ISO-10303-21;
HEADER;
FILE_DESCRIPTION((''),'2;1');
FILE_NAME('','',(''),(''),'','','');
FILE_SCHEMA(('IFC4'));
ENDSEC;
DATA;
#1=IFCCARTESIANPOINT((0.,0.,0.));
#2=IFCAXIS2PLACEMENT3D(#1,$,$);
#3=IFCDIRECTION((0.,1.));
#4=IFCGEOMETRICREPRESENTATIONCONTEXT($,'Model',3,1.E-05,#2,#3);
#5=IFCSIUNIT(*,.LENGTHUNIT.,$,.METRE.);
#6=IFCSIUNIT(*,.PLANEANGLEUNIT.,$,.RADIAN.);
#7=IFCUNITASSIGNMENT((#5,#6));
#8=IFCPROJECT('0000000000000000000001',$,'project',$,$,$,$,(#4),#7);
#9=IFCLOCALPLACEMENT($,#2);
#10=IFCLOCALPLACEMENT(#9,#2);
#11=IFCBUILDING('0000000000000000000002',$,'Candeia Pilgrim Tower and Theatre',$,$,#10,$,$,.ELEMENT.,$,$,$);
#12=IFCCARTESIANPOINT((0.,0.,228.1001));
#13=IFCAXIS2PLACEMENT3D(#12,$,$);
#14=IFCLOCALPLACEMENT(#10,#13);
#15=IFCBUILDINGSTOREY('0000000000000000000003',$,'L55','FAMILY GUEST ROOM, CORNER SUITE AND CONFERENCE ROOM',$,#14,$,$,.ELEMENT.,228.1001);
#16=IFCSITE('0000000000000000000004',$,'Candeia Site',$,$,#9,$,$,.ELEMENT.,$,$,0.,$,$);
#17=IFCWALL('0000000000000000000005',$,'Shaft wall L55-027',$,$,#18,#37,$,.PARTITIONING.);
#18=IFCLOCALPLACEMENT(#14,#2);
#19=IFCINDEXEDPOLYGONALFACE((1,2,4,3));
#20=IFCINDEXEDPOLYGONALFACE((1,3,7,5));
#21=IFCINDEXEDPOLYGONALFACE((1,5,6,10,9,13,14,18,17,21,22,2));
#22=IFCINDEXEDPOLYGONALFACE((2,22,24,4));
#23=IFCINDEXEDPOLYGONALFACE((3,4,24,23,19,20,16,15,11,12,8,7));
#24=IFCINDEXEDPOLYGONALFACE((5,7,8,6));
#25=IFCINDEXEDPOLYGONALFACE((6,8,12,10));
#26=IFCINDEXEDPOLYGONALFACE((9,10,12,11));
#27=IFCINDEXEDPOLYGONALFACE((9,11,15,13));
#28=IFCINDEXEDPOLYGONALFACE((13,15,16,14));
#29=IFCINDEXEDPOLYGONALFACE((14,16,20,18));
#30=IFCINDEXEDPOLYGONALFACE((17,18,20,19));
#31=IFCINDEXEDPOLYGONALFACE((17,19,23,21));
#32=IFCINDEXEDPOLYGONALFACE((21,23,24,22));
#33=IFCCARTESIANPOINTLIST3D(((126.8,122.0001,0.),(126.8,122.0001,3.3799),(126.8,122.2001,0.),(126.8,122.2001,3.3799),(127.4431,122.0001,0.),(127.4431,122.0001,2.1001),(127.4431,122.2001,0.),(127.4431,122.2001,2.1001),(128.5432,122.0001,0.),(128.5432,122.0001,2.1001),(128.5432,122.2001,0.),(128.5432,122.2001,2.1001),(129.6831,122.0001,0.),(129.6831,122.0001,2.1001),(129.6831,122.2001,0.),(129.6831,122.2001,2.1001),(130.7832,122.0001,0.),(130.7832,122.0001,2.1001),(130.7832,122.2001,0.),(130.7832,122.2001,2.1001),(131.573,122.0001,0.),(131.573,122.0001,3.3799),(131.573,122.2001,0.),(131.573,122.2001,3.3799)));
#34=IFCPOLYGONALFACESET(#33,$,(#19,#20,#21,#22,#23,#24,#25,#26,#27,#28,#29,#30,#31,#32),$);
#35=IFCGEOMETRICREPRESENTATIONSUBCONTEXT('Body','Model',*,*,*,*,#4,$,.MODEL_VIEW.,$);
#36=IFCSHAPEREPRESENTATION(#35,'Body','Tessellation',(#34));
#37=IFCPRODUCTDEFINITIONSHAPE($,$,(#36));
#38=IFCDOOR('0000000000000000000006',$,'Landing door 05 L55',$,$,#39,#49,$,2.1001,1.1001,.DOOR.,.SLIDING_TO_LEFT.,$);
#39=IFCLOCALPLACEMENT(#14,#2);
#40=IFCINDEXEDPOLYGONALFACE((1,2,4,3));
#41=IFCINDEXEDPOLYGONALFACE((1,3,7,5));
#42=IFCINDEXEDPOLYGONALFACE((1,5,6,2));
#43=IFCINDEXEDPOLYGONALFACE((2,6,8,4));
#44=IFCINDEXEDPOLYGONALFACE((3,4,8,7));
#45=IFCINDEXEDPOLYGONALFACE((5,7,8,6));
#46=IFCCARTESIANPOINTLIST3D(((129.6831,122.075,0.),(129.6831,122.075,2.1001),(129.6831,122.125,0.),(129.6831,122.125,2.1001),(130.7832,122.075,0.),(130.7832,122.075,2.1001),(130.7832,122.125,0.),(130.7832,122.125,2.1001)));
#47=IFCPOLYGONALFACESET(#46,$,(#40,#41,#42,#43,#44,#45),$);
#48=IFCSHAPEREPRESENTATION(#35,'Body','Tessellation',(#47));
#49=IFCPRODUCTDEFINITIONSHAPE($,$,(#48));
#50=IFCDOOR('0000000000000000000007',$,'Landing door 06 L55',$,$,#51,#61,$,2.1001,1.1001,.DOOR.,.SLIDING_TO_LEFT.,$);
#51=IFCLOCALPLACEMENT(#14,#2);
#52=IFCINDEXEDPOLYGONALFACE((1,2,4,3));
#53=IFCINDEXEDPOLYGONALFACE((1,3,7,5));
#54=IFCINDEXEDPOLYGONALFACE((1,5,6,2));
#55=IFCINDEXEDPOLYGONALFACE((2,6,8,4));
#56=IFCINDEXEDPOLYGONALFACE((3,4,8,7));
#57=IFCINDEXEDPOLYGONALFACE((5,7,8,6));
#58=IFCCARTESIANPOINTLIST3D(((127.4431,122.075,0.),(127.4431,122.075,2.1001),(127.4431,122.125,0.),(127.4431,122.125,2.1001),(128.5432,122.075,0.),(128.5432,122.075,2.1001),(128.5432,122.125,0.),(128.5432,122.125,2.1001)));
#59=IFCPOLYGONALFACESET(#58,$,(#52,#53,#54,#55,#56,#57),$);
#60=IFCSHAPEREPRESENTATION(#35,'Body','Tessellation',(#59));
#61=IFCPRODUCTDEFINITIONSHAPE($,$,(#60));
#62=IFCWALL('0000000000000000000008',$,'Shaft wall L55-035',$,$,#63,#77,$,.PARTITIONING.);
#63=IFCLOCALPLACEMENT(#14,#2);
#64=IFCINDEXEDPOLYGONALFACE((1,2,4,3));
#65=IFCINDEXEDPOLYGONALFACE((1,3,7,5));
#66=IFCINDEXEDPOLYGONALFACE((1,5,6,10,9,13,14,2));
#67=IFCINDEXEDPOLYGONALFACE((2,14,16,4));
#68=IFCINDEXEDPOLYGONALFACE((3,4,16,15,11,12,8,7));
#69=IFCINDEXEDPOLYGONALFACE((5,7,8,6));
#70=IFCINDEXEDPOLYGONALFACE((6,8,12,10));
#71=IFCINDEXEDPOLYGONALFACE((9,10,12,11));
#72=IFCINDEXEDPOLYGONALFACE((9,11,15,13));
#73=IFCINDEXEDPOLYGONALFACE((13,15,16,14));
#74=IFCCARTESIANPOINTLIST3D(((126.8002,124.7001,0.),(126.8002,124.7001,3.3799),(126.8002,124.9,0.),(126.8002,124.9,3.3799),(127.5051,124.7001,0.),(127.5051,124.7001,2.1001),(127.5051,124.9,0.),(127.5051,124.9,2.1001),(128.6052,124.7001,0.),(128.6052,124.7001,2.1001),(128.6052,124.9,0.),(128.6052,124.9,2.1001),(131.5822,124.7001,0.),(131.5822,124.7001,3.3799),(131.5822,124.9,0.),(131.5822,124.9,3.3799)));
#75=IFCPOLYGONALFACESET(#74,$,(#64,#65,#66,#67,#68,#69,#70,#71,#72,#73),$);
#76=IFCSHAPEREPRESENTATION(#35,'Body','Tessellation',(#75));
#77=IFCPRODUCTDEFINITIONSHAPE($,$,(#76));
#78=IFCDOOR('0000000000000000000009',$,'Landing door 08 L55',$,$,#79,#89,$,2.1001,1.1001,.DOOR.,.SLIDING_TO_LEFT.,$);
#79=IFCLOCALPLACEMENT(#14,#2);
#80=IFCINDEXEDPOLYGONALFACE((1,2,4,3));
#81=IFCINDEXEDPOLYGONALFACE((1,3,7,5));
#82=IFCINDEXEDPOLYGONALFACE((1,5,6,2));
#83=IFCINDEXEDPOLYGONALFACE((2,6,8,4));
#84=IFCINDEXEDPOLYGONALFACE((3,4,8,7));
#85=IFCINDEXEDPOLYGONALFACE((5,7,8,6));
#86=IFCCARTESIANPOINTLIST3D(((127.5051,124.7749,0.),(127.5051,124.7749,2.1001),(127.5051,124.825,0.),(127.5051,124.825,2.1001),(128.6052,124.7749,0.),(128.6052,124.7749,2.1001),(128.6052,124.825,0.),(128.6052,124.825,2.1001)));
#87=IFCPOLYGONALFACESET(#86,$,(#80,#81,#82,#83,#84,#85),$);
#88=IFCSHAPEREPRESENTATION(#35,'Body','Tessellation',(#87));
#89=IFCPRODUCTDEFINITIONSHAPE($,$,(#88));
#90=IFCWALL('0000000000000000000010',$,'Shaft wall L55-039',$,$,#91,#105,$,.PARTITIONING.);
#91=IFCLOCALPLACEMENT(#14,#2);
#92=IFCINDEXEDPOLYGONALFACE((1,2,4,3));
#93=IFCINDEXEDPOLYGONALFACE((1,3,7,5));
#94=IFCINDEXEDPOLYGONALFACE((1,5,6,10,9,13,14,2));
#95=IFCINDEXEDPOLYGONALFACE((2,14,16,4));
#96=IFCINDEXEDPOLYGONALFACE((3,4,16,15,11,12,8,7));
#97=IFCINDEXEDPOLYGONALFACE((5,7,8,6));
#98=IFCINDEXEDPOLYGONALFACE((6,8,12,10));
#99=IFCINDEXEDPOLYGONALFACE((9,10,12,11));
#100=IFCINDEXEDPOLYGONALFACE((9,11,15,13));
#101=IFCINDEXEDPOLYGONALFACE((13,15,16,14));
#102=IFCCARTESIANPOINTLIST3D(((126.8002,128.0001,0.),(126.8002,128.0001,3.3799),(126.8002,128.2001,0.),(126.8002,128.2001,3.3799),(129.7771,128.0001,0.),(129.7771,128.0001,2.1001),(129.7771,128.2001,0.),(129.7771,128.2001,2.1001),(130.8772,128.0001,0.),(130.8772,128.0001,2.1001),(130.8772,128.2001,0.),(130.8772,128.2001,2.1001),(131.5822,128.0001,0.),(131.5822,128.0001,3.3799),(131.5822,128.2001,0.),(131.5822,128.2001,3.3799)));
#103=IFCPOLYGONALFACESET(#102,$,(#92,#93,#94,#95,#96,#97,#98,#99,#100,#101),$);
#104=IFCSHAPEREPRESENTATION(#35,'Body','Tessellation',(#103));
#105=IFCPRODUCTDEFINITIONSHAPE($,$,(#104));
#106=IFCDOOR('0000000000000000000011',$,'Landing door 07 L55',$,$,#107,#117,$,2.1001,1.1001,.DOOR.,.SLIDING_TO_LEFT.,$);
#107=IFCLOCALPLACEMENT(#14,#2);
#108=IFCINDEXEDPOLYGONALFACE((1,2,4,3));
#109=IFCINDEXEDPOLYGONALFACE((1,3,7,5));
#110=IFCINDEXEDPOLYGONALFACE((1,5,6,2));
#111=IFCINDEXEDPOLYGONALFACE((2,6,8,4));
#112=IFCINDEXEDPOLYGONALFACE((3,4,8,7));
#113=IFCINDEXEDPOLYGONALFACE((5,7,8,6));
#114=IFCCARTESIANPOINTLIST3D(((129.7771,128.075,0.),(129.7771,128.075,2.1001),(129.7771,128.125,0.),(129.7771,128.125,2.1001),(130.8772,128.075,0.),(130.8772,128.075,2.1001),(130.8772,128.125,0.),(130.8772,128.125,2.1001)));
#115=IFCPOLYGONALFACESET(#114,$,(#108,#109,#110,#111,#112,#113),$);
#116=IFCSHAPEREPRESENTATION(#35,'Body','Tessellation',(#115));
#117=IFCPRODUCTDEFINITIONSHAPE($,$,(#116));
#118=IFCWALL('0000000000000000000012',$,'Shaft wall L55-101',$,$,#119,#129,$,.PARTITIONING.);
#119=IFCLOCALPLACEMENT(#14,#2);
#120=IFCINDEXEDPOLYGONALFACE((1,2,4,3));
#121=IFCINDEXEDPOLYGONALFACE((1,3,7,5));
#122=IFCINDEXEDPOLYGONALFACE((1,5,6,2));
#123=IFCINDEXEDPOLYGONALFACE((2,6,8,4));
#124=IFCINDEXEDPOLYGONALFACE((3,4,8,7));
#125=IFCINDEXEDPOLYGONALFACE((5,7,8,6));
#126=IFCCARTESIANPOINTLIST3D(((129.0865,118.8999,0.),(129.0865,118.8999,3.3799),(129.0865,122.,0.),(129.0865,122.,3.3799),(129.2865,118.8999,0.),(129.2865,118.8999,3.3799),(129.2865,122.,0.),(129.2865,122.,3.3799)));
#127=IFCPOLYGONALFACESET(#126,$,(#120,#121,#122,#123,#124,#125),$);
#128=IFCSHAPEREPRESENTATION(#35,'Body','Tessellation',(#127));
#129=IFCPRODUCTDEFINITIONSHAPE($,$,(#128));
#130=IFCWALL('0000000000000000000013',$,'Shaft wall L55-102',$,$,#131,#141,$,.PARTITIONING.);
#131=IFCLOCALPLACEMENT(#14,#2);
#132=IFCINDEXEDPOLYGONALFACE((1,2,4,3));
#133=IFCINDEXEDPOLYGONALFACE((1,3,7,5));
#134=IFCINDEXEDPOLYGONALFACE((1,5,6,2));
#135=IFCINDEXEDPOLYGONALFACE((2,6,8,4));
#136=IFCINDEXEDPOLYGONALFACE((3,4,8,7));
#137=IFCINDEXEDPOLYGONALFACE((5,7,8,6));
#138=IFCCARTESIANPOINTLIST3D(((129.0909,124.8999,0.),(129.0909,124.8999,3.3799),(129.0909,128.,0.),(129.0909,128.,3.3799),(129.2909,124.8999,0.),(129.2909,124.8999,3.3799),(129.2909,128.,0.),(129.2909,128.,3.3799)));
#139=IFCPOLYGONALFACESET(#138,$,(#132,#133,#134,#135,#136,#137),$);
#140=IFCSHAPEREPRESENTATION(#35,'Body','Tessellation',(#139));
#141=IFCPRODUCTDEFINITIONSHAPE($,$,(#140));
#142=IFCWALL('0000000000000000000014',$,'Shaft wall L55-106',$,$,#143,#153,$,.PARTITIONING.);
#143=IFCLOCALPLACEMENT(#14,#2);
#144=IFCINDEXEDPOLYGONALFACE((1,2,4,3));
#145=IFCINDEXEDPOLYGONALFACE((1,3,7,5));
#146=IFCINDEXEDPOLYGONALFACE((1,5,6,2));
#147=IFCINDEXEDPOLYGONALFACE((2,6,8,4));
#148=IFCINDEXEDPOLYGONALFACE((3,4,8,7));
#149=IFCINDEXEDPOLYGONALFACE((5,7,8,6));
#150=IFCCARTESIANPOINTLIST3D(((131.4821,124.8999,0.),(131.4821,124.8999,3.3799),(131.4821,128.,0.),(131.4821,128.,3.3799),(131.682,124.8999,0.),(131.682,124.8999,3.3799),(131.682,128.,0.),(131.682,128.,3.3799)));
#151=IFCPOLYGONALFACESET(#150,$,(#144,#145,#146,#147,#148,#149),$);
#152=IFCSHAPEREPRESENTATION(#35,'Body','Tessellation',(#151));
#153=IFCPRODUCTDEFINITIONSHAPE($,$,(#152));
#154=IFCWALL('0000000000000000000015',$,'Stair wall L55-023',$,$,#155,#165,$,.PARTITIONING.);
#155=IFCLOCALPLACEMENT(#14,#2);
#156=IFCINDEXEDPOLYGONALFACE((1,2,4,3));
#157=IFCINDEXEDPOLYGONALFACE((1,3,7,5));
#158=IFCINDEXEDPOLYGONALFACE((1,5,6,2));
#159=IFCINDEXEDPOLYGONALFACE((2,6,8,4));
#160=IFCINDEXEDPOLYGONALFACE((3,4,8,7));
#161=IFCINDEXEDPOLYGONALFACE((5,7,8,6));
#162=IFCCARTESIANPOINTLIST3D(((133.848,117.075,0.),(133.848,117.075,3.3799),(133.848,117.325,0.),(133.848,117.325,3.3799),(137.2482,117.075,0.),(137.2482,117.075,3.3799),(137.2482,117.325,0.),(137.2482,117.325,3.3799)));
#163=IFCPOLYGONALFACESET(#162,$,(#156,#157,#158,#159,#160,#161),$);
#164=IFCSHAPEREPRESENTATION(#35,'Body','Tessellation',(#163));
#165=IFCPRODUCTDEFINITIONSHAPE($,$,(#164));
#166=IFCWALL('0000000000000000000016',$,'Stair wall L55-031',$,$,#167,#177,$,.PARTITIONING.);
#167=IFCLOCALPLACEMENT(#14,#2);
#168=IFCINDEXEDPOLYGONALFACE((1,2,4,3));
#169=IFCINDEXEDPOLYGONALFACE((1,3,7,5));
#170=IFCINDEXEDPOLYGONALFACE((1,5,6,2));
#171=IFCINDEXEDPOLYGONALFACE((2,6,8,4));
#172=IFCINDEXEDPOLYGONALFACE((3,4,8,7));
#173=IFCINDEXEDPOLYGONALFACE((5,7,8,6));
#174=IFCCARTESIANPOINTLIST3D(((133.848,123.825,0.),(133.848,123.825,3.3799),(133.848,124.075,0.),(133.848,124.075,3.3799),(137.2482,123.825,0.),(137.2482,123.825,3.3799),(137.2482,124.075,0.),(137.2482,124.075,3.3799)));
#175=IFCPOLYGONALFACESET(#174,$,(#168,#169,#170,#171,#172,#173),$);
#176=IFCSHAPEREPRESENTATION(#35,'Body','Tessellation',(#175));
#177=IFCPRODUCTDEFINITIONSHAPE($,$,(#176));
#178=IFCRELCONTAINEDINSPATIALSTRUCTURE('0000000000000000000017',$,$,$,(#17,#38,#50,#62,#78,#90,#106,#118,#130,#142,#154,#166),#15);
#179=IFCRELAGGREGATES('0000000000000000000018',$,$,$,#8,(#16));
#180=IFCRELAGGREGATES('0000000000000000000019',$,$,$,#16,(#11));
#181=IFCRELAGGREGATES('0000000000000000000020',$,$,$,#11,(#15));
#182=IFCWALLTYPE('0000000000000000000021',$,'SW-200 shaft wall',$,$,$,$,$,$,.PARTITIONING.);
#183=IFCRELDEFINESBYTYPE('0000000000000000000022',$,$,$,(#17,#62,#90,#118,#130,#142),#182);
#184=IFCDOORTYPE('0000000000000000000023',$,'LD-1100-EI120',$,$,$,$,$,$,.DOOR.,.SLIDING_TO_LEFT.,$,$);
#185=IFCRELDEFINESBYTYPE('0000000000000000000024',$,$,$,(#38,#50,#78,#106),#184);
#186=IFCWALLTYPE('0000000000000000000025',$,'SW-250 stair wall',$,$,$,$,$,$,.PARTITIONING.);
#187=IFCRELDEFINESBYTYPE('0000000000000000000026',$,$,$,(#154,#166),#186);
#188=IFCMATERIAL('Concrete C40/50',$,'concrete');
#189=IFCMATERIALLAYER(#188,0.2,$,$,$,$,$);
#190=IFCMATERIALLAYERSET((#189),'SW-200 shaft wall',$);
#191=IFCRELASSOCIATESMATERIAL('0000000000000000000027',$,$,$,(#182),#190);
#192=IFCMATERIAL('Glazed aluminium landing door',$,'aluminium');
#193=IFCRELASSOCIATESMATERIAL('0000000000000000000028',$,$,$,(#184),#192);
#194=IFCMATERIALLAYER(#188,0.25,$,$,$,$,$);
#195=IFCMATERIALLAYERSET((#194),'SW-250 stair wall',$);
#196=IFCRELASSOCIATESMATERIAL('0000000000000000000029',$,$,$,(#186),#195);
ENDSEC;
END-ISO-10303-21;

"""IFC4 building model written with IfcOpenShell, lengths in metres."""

from ifc_helpers import new_model, si_unit, direction, frame, frame_2d, origin, place, context, subcontext, project, spatial, rectangle, extrude, material, layer, layer_set, type_object, element, fill, save


model = new_model("IFC4")

# Units and contexts
model_context = context("Model", 3, precision=1e-05, world=origin(), true_north=direction((0.0, 1.0)))
body_context = subcontext(model_context, "Body", "Model", "MODEL_VIEW")
ifc_project = project(units=[si_unit("LENGTHUNIT", "METRE"), si_unit("PLANEANGLEUNIT", "RADIAN")], contexts=[model_context])

# Site, building, storey
site_placement = place(None, origin())
site = spatial("IfcSite", under=ifc_project, at=site_placement, Name="Candeia Site", CompositionType="ELEMENT", RefElevation=0.0)
building_placement = place(site_placement, origin())
building = spatial("IfcBuilding", under=site, at=building_placement, Name="Candeia Pilgrim Tower and Theatre", CompositionType="ELEMENT")
storey_placement = place(building_placement, frame((0.0, 0.0, 228.1001)))
storey = spatial("IfcBuildingStorey", under=building, at=storey_placement, Name="L55", Description="FAMILY GUEST ROOM, CORNER SUITE AND CONFERENCE ROOM", CompositionType="ELEMENT", Elevation=228.1001)

# Shared definitions
ifc_material_1 = material(Name="Concrete C40/50", Category="concrete")
ifc_layer_1 = layer(ifc_material_1, 0.2)
ifc_layer_set_1 = layer_set([ifc_layer_1], Name="SW-200 shaft wall")
wall_type_1 = type_object("IfcWallType", Name="SW-200 shaft wall", PredefinedType="PARTITIONING", material=ifc_layer_set_1)

# Wall, openings, doors
wall_1_placement = place(storey_placement, frame((126.8, 122.1001, 0.0), z_axis=(0.0, 0.0, 1.0), x_axis=(1.0, 0.0, 0.0)))
wall_1 = element("IfcWall", 1, at=wall_1_placement, inside=storey, type_object=wall_type_1, Name="Shaft wall L55-027", PredefinedType="PARTITIONING", context=body_context, shape_type="SweptSolid", body=[
    extrude(rectangle(XDim=4.7729, YDim=0.2, at=frame_2d((2.3865, 0.0))), origin(), (0.0, 0.0, 1.0), 3.3799),
])
opening_1_placement = place(wall_1_placement, frame((2.8831, 0.0, 0.0)))
opening_1 = element("IfcOpeningElement", 2, at=opening_1_placement, cuts=wall_1, PredefinedType="OPENING", context=body_context, shape_type="SweptSolid", body=[
    extrude(rectangle(XDim=1.1001, YDim=2.1001, at=frame_2d((0.55, 1.05))), frame((0.0, 0.1099, 0.0), z_axis=(0.0, -1.0, 0.0), x_axis=(1.0, 0.0, 0.0)), (0.0, 0.0, 1.0), 0.22),
])
opening_2_placement = place(wall_1_placement, frame((0.6431, 0.0, 0.0)))
opening_2 = element("IfcOpeningElement", 3, at=opening_2_placement, cuts=wall_1, PredefinedType="OPENING", context=body_context, shape_type="SweptSolid", body=[
    extrude(rectangle(XDim=1.1001, YDim=2.1001, at=frame_2d((0.55, 1.05))), frame((0.0, 0.1099, 0.0), z_axis=(0.0, -1.0, 0.0), x_axis=(1.0, 0.0, 0.0)), (0.0, 0.0, 1.0), 0.22),
])
ifc_material_2 = material(Name="Glazed aluminium landing door", Category="aluminium")
door_type_1 = type_object("IfcDoorType", Name="LD-1100-EI120", OperationType="SLIDING_TO_LEFT", PredefinedType="DOOR", material=ifc_material_2)
door_1_placement = place(opening_1_placement, origin())
door_1 = element("IfcDoor", 4, at=door_1_placement, inside=storey, type_object=door_type_1, Name="Landing door 05 L55", OperationType="SLIDING_TO_LEFT", OverallHeight=2.1001, OverallWidth=1.1001, PredefinedType="DOOR", context=body_context, shape_type="SweptSolid", body=[
    extrude(rectangle(XDim=1.1001, YDim=2.1001, at=frame_2d((0.55, 1.05))), frame((0.0, 0.0249, 0.0), z_axis=(0.0, -1.0, 0.0), x_axis=(1.0, 0.0, 0.0)), (0.0, 0.0, 1.0), 0.05),
])
fill(opening_1, door_1)
door_2_placement = place(opening_2_placement, origin())
door_2 = element("IfcDoor", 5, at=door_2_placement, inside=storey, type_object=door_type_1, Name="Landing door 06 L55", OperationType="SLIDING_TO_LEFT", OverallHeight=2.1001, OverallWidth=1.1001, PredefinedType="DOOR", context=body_context, shape_type="SweptSolid", body=[
    extrude(rectangle(XDim=1.1001, YDim=2.1001, at=frame_2d((0.55, 1.05))), frame((0.0, 0.0249, 0.0), z_axis=(0.0, -1.0, 0.0), x_axis=(1.0, 0.0, 0.0)), (0.0, 0.0, 1.0), 0.05),
])
fill(opening_2, door_2)

# Walls, openings, doors
wall_2_placement = place(storey_placement, frame((126.8, 124.8, 0.0), z_axis=(0.0, 0.0, 1.0), x_axis=(1.0, 0.0, 0.0)))
wall_2 = element("IfcWall", 6, at=wall_2_placement, inside=storey, type_object=wall_type_1, Name="Shaft wall L55-035", PredefinedType="PARTITIONING", context=body_context, shape_type="SweptSolid", body=[
    extrude(rectangle(XDim=4.782, YDim=0.2, at=frame_2d((2.3911, 0.0))), origin(), (0.0, 0.0, 1.0), 3.3799),
])
opening_3_placement = place(wall_2_placement, frame((0.7051, 0.0, 0.0)))
opening_3 = element("IfcOpeningElement", 7, at=opening_3_placement, cuts=wall_2, PredefinedType="OPENING", context=body_context, shape_type="SweptSolid", body=[
    extrude(rectangle(XDim=1.1001, YDim=2.1001, at=frame_2d((0.55, 1.05))), frame((0.0, 0.1099, 0.0), z_axis=(0.0, -1.0, 0.0), x_axis=(1.0, 0.0, 0.0)), (0.0, 0.0, 1.0), 0.22),
])
door_3_placement = place(opening_3_placement, origin())
door_3 = element("IfcDoor", 8, at=door_3_placement, inside=storey, type_object=door_type_1, Name="Landing door 08 L55", OperationType="SLIDING_TO_LEFT", OverallHeight=2.1001, OverallWidth=1.1001, PredefinedType="DOOR", context=body_context, shape_type="SweptSolid", body=[
    extrude(rectangle(XDim=1.1001, YDim=2.1001, at=frame_2d((0.55, 1.05))), frame((0.0, 0.0249, 0.0), z_axis=(0.0, -1.0, 0.0), x_axis=(1.0, 0.0, 0.0)), (0.0, 0.0, 1.0), 0.05),
])
fill(opening_3, door_3)
wall_3_placement = place(storey_placement, frame((126.8, 128.1001, 0.0), z_axis=(0.0, 0.0, 1.0), x_axis=(1.0, 0.0, 0.0)))
wall_3 = element("IfcWall", 9, at=wall_3_placement, inside=storey, type_object=wall_type_1, Name="Shaft wall L55-039", PredefinedType="PARTITIONING", context=body_context, shape_type="SweptSolid", body=[
    extrude(rectangle(XDim=4.782, YDim=0.2, at=frame_2d((2.3911, 0.0))), origin(), (0.0, 0.0, 1.0), 3.3799),
])
opening_4_placement = place(wall_3_placement, frame((2.9771, 0.0, 0.0)))
opening_4 = element("IfcOpeningElement", 10, at=opening_4_placement, cuts=wall_3, PredefinedType="OPENING", context=body_context, shape_type="SweptSolid", body=[
    extrude(rectangle(XDim=1.1001, YDim=2.1001, at=frame_2d((0.55, 1.05))), frame((0.0, 0.1099, 0.0), z_axis=(0.0, -1.0, 0.0), x_axis=(1.0, 0.0, 0.0)), (0.0, 0.0, 1.0), 0.22),
])
door_4_placement = place(opening_4_placement, origin())
door_4 = element("IfcDoor", 11, at=door_4_placement, inside=storey, type_object=door_type_1, Name="Landing door 07 L55", OperationType="SLIDING_TO_LEFT", OverallHeight=2.1001, OverallWidth=1.1001, PredefinedType="DOOR", context=body_context, shape_type="SweptSolid", body=[
    extrude(rectangle(XDim=1.1001, YDim=2.1001, at=frame_2d((0.55, 1.05))), frame((0.0, 0.0249, 0.0), z_axis=(0.0, -1.0, 0.0), x_axis=(1.0, 0.0, 0.0)), (0.0, 0.0, 1.0), 0.05),
])
fill(opening_4, door_4)

# Walls
for number, where, z_axis, x_axis, name in (
    (12, (129.1865, 118.8999, 0.0), (0.0, 0.0, 1.0), (0.0, 1.0, 0.0), "Shaft wall L55-101"),
    (13, (129.1909, 124.8999, 0.0), (0.0, 0.0, 1.0), (0.0, 1.0, 0.0), "Shaft wall L55-102"),
    (14, (131.582, 124.8999, 0.0), (0.0, 0.0, 1.0), (0.0, 1.0, 0.0), "Shaft wall L55-106"),
):
    element("IfcWall", number, at=place(storey_placement, frame(where, z_axis=z_axis, x_axis=x_axis)), inside=storey, type_object=wall_type_1, Name=name, PredefinedType="PARTITIONING", context=body_context, shape_type="SweptSolid", body=[
        extrude(rectangle(XDim=3.1001, YDim=0.2, at=frame_2d((1.55, 0.0))), origin(), (0.0, 0.0, 1.0), 3.3799),
    ])
ifc_layer_2 = layer(ifc_material_1, 0.25)
ifc_layer_set_2 = layer_set([ifc_layer_2], Name="SW-250 stair wall")
wall_type_2 = type_object("IfcWallType", Name="SW-250 stair wall", PredefinedType="PARTITIONING", material=ifc_layer_set_2)
for number, where, z_axis, x_axis, name in (
    (15, (133.8479, 117.2, 0.0), (0.0, 0.0, 1.0), (1.0, 0.0, 0.0), "Stair wall L55-023"),
    (16, (133.8479, 123.95, 0.0), (0.0, 0.0, 1.0), (1.0, 0.0, 0.0), "Stair wall L55-031"),
):
    element("IfcWall", number, at=place(storey_placement, frame(where, z_axis=z_axis, x_axis=x_axis)), inside=storey, type_object=wall_type_2, Name=name, PredefinedType="PARTITIONING", context=body_context, shape_type="SweptSolid", body=[
        extrude(rectangle(XDim=3.4001, YDim=0.25, at=frame_2d((1.7002, 0.0))), origin(), (0.0, 0.0, 1.0), 3.3799),
    ])

save(model, "model.ifc")
